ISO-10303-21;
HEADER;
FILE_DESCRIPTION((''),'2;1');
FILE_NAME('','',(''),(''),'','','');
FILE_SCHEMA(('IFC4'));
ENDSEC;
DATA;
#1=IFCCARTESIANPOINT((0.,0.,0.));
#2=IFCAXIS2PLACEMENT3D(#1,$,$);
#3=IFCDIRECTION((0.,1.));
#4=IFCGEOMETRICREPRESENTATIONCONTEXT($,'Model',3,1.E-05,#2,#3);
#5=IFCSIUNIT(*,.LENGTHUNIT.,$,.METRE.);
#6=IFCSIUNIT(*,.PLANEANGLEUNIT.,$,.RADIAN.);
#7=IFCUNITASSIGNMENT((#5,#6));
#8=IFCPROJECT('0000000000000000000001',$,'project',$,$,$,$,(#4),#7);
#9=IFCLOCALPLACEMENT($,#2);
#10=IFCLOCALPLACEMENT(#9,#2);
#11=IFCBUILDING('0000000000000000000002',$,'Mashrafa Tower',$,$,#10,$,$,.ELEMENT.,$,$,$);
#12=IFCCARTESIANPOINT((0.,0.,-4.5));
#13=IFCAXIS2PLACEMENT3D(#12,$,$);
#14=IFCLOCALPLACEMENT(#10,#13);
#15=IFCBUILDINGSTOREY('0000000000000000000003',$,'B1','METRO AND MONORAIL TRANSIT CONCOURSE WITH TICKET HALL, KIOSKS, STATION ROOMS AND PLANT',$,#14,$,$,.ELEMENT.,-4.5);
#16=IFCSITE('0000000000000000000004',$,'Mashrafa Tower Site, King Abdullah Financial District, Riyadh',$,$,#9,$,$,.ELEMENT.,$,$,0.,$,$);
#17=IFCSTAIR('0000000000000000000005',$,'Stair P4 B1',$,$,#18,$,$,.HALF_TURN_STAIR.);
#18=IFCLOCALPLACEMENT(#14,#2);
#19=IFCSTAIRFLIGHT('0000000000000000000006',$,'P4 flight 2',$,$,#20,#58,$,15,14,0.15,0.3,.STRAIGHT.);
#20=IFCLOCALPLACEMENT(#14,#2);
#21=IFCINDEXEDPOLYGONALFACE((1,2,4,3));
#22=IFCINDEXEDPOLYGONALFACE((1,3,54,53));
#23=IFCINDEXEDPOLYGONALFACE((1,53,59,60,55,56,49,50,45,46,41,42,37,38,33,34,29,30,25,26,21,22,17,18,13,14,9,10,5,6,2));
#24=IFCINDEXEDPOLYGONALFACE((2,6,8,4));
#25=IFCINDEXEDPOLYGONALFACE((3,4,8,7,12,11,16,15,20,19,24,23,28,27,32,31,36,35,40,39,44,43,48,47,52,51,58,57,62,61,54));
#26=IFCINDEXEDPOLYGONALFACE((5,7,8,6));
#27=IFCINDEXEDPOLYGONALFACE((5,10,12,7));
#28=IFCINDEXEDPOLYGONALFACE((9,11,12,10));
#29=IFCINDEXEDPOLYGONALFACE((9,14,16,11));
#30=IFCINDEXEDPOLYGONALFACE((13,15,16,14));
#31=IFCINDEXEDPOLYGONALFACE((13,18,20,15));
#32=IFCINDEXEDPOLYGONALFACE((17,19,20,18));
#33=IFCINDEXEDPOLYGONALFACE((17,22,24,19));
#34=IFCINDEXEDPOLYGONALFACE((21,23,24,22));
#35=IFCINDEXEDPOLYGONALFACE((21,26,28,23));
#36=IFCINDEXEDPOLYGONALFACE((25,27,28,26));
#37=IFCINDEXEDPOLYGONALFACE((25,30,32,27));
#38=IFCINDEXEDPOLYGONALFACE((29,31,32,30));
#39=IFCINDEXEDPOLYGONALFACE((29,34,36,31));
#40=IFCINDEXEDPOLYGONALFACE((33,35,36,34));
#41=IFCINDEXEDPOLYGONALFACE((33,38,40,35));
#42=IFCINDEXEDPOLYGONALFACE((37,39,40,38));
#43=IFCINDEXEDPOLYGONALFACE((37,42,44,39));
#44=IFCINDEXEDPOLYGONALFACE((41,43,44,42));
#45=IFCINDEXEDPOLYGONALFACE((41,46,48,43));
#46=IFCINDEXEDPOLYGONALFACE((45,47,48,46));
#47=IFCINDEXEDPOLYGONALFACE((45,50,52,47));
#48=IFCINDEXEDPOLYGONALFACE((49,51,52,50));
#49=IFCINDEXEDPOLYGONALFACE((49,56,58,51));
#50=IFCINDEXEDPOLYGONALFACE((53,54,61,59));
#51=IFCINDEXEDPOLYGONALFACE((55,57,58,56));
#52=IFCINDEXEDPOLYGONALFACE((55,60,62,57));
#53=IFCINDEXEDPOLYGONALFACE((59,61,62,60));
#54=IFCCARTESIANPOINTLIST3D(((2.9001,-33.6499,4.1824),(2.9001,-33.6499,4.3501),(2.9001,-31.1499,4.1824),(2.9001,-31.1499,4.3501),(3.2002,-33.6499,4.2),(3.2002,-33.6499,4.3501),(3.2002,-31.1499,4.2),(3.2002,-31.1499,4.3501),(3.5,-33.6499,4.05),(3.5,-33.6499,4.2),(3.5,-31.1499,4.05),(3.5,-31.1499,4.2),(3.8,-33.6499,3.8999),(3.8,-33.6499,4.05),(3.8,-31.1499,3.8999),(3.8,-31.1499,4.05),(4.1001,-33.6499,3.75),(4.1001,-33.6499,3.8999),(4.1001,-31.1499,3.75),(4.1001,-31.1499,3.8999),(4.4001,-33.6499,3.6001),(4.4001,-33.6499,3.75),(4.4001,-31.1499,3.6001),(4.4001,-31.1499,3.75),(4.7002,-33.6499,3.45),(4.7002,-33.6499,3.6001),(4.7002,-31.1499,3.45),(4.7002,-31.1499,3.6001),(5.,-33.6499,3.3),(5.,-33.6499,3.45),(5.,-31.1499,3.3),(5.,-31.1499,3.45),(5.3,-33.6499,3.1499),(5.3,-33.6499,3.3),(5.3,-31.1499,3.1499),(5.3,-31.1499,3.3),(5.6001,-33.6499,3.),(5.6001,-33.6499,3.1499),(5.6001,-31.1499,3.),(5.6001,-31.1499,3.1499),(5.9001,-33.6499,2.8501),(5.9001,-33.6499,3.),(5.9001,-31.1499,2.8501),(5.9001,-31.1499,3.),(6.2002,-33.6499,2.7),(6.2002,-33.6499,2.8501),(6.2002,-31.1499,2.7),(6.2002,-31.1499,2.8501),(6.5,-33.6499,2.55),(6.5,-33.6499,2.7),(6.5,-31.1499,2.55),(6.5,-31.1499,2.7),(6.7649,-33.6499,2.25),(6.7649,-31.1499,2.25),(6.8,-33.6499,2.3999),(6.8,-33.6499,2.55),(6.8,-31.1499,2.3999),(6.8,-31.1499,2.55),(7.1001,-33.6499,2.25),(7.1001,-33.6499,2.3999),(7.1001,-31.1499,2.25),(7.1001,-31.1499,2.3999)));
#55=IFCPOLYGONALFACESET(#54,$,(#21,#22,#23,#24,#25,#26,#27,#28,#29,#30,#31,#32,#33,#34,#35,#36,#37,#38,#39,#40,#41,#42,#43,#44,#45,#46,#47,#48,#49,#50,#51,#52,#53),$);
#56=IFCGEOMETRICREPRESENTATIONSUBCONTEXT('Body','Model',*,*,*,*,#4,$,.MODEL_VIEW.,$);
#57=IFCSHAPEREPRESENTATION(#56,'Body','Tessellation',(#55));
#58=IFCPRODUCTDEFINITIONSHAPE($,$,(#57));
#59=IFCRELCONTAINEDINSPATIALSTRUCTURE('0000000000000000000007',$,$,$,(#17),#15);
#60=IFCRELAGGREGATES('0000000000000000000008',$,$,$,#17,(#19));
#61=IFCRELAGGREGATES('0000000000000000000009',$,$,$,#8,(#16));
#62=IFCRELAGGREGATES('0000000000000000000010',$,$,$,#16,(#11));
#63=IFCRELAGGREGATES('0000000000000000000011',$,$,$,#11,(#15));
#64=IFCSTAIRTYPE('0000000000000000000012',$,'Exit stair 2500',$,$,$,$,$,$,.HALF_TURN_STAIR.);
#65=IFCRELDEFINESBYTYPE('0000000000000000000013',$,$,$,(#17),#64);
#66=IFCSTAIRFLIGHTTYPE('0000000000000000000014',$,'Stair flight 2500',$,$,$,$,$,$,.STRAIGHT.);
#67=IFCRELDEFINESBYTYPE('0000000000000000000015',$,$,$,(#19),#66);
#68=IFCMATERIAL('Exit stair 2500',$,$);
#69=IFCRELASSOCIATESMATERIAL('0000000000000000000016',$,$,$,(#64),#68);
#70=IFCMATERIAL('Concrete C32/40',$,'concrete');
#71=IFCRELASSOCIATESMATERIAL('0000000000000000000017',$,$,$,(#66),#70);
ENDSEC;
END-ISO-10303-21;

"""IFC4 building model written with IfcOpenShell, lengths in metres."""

from ifc_helpers import new_model, si_unit, direction, frame, origin, place, context, subcontext, project, spatial, polyline, outline, extrude, material, type_object, element, aggregate, save


model = new_model("IFC4")

# Units and contexts
model_context = context("Model", 3, precision=1e-05, world=origin(), true_north=direction((0.0, 1.0)))
body_context = subcontext(model_context, "Body", "Model", "MODEL_VIEW")
ifc_project = project(units=[si_unit("LENGTHUNIT", "METRE"), si_unit("PLANEANGLEUNIT", "RADIAN")], contexts=[model_context])

# Site, building, storey
site_placement = place(None, origin())
site = spatial("IfcSite", under=ifc_project, at=site_placement, Name="Mashrafa Tower Site, King Abdullah Financial District, Riyadh", CompositionType="ELEMENT", RefElevation=0.0)
building_placement = place(site_placement, origin())
building = spatial("IfcBuilding", under=site, at=building_placement, Name="Mashrafa Tower", CompositionType="ELEMENT")
storey_placement = place(building_placement, frame((0.0, 0.0, -4.5)))
storey = spatial("IfcBuildingStorey", under=building, at=storey_placement, Name="B1", Description="METRO AND MONORAIL TRANSIT CONCOURSE WITH TICKET HALL, KIOSKS, STATION ROOMS AND PLANT", CompositionType="ELEMENT", Elevation=-4.5)

# Stair, stair flight
ifc_material_1 = material(Name="Exit stair 2500")
stair_type = type_object("IfcStairType", Name="Exit stair 2500", PredefinedType="HALF_TURN_STAIR", material=ifc_material_1)
stair_placement = place(storey_placement, origin())
stair = element("IfcStair", 1, at=stair_placement, inside=storey, type_object=stair_type, Name="Stair P4 B1", PredefinedType="HALF_TURN_STAIR")
ifc_material_2 = material(Name="Concrete C32/40", Category="concrete")
stair_flight_type = type_object("IfcStairFlightType", Name="Stair flight 2500", PredefinedType="STRAIGHT", material=ifc_material_2)
stair_flight_1_placement = place(storey_placement, frame((7.1001, -32.3999, 2.25), z_axis=(0.0, 0.0, 1.0), x_axis=(-1.0, 0.0, 0.0)))
stair_flight_1 = element("IfcStairFlight", 2, at=stair_flight_1_placement, type_object=stair_flight_type, Name="P4 flight 2", NumberOfRisers=15, NumberOfTreads=14, PredefinedType="STRAIGHT", RiserHeight=0.15, TreadLength=0.3, context=body_context, shape_type="SweptSolid", body=[
    extrude(outline(polyline([(0.0, 0.0), (0.0, 0.1499), (0.3, 0.1499), (0.3, 0.3), (0.6001, 0.3), (0.6001, 0.45), (0.8999, 0.45), (0.8999, 0.6001), (1.2, 0.6001), (1.2, 0.75), (1.5, 0.75), (1.5, 0.8999), (1.8, 0.8999), (1.8, 1.05), (2.1001, 1.05), (2.1001, 1.2), (2.3999, 1.2), (2.3999, 1.3501), (2.7, 1.3501), (2.7, 1.5), (3.0, 1.5), (3.0, 1.6499), (3.3, 1.6499), (3.3, 1.8), (3.6001, 1.8), (3.6001, 1.95), (3.8999, 1.95), (3.8999, 2.1001), (4.2, 2.1001), (4.2, 2.25), (4.2, 1.9324), (0.3352, 0.0), (0.0, 0.0)])), frame((0.0, 1.25, 0.0), z_axis=(0.0, -1.0, 0.0), x_axis=(1.0, 0.0, 0.0)), (0.0, 0.0, 1.0), 2.5),
])
aggregate(stair, [stair_flight_1])

save(model, "model.ifc")
